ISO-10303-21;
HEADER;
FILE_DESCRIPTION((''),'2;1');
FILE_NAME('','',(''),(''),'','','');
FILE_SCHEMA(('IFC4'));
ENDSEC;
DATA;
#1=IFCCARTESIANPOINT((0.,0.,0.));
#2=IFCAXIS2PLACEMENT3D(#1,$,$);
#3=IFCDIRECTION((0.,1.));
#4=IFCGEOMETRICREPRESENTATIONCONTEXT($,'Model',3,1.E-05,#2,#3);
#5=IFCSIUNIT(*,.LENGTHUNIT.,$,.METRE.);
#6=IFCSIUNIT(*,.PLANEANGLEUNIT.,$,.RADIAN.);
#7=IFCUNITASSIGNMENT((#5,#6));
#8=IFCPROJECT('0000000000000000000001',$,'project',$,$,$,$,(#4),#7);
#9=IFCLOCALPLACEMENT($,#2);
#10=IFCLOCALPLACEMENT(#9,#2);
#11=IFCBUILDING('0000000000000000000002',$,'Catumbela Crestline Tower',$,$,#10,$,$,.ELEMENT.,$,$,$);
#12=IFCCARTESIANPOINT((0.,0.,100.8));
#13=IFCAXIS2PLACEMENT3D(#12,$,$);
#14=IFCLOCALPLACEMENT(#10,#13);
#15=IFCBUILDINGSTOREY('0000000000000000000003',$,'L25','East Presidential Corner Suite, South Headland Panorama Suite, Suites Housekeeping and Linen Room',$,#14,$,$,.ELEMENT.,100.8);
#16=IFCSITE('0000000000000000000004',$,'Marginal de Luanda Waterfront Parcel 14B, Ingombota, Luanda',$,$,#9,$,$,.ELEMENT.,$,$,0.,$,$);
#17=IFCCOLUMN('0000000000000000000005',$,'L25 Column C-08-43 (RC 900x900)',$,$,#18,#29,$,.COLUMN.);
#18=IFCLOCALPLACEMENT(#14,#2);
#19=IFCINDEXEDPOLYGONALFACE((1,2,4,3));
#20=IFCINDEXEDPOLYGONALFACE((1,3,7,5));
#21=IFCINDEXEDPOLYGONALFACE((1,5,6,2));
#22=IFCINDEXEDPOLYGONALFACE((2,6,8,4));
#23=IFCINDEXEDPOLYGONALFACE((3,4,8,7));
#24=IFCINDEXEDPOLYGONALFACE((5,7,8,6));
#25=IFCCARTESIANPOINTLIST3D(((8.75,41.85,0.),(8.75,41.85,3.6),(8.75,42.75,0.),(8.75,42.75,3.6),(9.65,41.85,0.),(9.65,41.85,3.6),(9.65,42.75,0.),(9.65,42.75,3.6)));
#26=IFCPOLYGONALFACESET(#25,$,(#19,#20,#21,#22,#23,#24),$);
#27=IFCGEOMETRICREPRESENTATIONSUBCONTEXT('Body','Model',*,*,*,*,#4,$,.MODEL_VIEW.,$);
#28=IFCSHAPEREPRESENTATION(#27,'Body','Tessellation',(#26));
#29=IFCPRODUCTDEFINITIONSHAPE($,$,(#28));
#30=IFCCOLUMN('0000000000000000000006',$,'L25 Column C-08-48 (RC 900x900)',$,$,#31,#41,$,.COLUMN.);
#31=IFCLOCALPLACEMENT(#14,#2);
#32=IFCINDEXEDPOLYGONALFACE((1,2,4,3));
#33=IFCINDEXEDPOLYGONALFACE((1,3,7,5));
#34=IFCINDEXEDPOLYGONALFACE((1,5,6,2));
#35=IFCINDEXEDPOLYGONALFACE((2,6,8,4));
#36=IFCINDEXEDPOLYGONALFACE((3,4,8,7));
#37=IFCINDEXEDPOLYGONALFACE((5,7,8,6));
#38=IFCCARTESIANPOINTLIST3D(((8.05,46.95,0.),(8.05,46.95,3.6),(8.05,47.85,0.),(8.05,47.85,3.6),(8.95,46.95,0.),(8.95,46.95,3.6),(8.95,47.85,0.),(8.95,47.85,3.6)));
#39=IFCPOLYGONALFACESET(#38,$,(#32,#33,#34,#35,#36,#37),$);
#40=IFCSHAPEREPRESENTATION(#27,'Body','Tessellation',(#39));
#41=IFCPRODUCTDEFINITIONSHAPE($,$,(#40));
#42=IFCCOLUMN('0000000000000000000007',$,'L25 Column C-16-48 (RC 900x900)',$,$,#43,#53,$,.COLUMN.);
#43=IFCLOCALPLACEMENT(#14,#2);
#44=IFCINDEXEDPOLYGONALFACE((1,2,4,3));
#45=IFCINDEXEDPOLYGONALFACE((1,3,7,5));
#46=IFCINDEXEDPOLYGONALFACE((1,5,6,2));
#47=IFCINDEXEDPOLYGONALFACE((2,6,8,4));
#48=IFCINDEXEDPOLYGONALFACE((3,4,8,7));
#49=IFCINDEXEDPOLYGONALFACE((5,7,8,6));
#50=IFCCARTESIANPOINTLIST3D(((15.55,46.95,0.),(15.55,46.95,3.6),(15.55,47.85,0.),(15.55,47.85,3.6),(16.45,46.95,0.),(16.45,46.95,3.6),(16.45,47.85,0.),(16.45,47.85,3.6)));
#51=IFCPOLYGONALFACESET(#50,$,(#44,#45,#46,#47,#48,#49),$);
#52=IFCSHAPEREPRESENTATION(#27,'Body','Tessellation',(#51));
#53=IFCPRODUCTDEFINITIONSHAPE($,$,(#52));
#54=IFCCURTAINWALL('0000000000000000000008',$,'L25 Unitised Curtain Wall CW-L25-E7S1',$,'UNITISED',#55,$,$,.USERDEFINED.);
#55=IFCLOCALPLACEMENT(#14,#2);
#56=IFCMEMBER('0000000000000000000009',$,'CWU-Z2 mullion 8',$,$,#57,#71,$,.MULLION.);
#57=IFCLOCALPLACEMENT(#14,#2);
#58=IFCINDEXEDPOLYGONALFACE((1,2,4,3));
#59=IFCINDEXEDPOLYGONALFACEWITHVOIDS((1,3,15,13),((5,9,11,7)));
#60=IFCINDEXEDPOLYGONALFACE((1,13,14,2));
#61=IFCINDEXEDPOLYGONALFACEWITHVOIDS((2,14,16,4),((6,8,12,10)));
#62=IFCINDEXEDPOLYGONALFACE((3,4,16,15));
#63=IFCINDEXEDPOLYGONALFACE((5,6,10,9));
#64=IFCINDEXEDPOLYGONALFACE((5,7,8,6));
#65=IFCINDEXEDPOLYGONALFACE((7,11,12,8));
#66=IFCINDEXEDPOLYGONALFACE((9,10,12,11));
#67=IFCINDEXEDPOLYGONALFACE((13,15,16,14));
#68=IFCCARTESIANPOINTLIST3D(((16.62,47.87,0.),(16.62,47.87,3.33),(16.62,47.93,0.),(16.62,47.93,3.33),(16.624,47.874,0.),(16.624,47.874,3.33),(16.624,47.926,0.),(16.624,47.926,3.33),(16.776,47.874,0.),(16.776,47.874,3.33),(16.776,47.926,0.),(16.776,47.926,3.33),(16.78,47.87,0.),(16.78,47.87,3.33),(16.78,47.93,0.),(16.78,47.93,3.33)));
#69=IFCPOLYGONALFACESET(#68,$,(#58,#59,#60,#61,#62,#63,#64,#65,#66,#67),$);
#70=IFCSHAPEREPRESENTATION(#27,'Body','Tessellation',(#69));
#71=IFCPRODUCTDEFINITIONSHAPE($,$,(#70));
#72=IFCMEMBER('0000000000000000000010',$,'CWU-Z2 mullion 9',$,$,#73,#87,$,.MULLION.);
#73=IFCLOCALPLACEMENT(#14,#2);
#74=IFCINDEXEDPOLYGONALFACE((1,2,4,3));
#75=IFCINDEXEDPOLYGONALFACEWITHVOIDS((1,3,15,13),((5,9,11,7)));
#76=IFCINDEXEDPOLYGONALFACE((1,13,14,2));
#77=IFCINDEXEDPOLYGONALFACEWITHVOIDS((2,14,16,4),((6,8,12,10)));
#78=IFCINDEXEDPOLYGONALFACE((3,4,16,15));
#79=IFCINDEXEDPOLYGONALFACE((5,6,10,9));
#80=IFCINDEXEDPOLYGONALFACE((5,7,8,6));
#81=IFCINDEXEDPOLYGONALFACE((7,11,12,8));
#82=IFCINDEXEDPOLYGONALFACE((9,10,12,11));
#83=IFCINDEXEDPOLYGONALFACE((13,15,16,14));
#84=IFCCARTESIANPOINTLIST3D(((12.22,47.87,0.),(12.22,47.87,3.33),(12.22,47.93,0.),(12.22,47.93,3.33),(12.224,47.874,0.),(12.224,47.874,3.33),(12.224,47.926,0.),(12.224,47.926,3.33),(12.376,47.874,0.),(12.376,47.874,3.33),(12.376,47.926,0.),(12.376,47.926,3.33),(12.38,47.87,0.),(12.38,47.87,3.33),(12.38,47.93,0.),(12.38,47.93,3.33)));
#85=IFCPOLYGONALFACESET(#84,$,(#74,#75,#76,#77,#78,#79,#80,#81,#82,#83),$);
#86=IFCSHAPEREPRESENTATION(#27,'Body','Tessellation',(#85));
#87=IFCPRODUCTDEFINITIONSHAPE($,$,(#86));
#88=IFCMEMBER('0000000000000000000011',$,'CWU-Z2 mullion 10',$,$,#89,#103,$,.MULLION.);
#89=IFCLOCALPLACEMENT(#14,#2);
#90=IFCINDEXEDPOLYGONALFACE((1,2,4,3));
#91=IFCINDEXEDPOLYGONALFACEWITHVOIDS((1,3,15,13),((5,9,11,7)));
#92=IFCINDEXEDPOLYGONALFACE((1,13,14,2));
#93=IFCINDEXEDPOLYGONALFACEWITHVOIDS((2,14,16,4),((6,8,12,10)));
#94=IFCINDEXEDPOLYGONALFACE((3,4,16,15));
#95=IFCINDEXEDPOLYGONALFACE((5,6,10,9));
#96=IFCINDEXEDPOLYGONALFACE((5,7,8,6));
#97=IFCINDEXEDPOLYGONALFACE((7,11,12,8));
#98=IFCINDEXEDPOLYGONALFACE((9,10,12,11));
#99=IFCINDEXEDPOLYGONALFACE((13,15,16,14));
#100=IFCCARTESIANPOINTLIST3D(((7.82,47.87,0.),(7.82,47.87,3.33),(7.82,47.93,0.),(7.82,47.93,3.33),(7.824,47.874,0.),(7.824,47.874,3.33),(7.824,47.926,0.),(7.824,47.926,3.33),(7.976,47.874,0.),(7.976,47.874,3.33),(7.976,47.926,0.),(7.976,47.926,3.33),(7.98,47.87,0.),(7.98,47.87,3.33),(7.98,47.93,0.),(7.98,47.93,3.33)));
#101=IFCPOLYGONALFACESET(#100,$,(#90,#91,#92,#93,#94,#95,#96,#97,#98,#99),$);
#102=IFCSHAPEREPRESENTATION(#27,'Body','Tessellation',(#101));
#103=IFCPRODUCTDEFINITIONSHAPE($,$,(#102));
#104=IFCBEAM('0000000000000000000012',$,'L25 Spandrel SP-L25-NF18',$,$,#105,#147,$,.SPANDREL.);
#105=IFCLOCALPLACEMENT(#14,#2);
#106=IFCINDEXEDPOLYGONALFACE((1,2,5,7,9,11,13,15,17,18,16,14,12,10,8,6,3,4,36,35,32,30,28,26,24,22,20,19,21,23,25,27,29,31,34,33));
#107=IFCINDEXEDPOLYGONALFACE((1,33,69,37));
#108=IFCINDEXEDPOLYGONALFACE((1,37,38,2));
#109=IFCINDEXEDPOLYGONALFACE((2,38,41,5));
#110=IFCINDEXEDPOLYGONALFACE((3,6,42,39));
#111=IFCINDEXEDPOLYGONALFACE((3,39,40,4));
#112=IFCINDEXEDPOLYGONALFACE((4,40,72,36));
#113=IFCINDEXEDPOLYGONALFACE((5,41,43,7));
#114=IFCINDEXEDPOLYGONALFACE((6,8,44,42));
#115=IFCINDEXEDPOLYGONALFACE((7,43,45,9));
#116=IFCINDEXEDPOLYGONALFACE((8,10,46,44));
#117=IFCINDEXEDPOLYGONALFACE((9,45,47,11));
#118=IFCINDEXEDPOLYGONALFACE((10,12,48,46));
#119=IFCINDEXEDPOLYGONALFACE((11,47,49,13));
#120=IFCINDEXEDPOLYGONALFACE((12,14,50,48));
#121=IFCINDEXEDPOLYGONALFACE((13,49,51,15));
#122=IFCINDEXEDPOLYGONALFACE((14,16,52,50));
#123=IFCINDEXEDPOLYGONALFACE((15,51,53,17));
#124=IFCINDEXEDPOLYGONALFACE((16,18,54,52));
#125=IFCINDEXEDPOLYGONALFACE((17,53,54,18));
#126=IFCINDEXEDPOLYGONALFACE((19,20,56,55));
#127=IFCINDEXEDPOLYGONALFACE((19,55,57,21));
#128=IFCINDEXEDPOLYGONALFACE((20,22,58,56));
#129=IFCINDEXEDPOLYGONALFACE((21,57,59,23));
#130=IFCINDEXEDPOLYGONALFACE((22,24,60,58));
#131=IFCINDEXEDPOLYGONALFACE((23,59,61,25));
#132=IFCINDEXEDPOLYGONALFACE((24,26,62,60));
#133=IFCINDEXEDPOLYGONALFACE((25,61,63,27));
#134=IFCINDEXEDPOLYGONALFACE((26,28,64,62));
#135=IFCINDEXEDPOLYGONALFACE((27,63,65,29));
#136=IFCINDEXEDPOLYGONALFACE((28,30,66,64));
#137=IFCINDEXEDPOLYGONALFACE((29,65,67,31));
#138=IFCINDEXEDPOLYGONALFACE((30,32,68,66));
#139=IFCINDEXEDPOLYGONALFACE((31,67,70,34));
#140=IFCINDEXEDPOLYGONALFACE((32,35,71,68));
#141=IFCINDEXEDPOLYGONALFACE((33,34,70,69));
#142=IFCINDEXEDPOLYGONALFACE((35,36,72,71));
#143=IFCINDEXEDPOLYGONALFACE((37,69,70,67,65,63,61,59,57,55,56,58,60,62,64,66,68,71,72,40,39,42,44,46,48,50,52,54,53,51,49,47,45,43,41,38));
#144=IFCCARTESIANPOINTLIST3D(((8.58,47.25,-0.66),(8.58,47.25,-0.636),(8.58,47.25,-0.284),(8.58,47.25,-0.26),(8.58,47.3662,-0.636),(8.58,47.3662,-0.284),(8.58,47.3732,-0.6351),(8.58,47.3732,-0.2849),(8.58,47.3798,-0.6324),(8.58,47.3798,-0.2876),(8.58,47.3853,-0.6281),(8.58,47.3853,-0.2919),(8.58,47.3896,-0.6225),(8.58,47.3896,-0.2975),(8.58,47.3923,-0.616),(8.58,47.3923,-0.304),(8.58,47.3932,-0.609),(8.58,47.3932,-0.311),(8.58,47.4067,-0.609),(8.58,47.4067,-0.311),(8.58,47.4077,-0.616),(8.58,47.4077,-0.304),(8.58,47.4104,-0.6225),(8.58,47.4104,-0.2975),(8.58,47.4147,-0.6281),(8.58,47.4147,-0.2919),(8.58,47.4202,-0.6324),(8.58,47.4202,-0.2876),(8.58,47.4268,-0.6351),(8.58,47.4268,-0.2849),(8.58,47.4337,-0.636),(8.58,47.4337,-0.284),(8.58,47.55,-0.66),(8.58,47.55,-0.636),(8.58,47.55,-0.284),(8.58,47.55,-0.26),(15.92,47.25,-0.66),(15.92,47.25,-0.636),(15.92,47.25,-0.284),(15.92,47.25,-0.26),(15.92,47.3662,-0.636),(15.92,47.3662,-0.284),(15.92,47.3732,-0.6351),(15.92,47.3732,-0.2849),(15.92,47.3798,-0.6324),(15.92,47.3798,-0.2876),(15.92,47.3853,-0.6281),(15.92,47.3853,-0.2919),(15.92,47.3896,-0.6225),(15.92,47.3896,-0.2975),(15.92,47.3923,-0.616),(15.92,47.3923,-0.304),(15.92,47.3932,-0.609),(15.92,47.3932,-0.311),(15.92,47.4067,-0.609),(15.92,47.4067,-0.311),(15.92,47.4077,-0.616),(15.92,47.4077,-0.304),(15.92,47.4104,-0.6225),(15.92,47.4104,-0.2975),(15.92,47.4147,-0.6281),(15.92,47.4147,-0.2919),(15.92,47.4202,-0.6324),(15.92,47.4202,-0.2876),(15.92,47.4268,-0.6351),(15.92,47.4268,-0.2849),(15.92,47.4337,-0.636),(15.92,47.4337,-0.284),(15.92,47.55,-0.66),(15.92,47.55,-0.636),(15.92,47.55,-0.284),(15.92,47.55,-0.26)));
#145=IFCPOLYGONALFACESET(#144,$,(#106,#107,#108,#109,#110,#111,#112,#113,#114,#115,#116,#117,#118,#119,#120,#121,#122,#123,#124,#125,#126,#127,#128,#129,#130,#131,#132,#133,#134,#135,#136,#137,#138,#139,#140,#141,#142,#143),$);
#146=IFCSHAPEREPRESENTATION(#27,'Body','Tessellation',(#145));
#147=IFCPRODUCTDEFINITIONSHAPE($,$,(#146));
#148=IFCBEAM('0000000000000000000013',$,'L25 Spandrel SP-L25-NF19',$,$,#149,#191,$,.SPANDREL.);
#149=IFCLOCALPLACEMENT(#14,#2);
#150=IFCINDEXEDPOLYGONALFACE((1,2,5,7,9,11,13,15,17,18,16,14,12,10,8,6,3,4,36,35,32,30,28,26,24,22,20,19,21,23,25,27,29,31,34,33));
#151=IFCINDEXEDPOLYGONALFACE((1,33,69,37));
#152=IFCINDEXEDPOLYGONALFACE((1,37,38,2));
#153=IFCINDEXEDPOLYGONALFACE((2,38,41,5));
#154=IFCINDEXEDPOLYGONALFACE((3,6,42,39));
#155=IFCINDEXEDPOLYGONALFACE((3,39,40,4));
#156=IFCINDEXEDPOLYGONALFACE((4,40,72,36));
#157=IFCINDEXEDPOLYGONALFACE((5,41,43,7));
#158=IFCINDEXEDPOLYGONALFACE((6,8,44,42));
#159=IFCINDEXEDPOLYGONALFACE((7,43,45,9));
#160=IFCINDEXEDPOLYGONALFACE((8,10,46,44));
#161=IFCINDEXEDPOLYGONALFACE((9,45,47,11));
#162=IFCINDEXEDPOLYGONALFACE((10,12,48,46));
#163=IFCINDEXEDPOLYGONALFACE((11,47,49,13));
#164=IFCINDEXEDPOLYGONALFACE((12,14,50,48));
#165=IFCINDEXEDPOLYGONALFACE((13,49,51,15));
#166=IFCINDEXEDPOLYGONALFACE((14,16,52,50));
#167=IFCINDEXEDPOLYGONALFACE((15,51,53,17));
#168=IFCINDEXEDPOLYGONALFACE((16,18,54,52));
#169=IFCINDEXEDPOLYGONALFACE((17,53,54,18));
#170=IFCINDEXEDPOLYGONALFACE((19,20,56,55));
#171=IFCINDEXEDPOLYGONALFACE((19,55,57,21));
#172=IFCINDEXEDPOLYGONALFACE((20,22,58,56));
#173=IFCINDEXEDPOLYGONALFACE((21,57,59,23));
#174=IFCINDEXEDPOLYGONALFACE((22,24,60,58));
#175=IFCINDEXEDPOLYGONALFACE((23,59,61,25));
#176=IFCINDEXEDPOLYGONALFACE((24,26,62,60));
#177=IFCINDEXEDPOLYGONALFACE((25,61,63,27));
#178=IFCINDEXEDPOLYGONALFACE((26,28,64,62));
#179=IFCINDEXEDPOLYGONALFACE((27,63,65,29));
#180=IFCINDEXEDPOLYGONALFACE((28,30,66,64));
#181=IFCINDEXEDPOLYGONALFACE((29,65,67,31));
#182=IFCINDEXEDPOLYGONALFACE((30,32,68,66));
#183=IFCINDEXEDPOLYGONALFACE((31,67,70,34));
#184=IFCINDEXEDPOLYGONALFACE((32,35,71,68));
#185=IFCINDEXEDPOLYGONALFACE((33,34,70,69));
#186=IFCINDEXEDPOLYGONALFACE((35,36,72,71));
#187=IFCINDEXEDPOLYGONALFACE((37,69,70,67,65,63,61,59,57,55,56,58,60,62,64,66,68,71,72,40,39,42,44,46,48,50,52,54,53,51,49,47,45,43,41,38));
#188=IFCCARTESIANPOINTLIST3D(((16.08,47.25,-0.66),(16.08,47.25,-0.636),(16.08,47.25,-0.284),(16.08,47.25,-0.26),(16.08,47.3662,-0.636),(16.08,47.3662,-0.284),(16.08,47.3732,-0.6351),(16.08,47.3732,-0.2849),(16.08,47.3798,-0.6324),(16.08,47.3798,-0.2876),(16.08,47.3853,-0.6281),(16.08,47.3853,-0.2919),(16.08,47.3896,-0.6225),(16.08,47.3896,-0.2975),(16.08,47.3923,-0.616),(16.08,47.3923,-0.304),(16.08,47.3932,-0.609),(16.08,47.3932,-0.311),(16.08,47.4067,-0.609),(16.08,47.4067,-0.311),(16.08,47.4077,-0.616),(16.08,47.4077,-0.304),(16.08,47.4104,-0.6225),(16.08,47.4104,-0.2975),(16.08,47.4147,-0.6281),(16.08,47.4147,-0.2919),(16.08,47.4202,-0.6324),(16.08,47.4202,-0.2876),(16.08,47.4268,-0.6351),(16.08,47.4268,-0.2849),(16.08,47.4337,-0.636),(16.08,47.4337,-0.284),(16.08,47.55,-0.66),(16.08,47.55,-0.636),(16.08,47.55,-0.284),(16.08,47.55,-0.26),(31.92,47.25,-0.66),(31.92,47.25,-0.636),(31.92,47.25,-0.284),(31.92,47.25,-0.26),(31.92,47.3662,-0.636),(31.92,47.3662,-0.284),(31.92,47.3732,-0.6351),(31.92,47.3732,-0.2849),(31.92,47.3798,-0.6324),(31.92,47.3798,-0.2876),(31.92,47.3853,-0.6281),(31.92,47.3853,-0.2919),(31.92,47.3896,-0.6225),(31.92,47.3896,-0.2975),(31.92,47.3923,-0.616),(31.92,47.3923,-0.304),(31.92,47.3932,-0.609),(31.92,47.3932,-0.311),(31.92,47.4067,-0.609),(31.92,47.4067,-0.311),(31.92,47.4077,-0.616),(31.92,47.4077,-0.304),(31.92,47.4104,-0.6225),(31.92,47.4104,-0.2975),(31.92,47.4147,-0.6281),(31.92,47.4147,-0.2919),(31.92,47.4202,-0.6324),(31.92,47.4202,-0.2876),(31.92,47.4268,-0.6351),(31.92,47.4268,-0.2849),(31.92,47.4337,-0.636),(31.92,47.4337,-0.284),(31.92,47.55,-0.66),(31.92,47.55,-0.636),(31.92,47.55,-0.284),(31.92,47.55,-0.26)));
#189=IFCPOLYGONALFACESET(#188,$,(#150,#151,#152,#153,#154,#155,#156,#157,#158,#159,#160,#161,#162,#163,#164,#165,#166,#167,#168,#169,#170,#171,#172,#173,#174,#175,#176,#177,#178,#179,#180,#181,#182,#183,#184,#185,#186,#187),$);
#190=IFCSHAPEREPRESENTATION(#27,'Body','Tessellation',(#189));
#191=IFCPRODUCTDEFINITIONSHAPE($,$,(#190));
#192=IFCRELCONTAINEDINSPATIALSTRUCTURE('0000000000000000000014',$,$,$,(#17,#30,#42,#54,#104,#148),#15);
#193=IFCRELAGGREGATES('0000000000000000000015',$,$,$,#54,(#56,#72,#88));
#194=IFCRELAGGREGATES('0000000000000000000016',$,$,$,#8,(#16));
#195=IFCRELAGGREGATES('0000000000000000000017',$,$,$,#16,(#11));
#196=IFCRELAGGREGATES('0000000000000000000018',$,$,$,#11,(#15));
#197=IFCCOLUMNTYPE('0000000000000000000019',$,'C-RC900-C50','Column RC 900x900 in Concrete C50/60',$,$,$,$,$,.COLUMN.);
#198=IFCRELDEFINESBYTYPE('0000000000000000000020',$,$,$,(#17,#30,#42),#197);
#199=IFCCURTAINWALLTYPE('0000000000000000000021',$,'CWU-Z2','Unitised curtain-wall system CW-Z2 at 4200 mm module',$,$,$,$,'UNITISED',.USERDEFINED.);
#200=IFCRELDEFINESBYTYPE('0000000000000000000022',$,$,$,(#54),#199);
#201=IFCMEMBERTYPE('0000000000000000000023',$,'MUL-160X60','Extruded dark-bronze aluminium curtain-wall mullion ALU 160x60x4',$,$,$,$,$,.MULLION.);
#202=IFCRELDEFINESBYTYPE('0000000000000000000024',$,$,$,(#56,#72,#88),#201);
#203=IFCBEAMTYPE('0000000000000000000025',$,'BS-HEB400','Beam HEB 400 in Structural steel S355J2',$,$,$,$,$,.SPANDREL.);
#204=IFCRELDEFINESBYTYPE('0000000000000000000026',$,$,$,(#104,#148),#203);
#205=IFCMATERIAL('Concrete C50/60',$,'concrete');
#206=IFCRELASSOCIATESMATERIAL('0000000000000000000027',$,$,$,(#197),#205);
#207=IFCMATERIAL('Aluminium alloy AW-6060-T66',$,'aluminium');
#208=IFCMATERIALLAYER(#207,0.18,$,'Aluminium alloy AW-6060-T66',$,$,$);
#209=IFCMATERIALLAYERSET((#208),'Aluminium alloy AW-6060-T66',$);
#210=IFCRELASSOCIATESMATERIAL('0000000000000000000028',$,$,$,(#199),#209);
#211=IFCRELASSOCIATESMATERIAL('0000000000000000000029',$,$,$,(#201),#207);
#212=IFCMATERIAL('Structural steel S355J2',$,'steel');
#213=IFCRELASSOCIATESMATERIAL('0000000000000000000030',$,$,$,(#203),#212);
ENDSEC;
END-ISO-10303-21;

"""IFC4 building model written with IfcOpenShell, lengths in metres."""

from ifc_helpers import new_model, si_unit, direction, frame, origin, origin_2d, place, context, subcontext, project, spatial, rectangle, hollow_rectangle, i_section, extrude, material, layer, layer_set, material_profile, profile_set, type_object, element, aggregate, save


model = new_model("IFC4")

# Units and contexts
model_context = context("Model", 3, precision=1e-05, world=origin(), true_north=direction((0.0, 1.0)))
body_context = subcontext(model_context, "Body", "Model", "MODEL_VIEW")
ifc_project = project(units=[si_unit("LENGTHUNIT", "METRE"), si_unit("PLANEANGLEUNIT", "RADIAN")], contexts=[model_context])

# Site, building, storey
site_placement = place(None, origin())
site = spatial("IfcSite", under=ifc_project, at=site_placement, Name="Marginal de Luanda Waterfront Parcel 14B, Ingombota, Luanda", CompositionType="ELEMENT", RefElevation=0.0)
building_placement = place(site_placement, origin())
building = spatial("IfcBuilding", under=site, at=building_placement, Name="Catumbela Crestline Tower", CompositionType="ELEMENT")
storey_placement = place(building_placement, frame((0.0, 0.0, 100.8)))
storey = spatial("IfcBuildingStorey", under=building, at=storey_placement, Name="L25", Description="East Presidential Corner Suite, South Headland Panorama Suite, Suites Housekeeping and Linen Room", CompositionType="ELEMENT", Elevation=100.8)

# Columns
ifc_material_1 = material(Name="Concrete C50/60", Category="concrete")
ifc_material_profile_1 = material_profile(ifc_material_1, rectangle(XDim=0.9, YDim=0.9, at=origin_2d()), Name="RC 900x900")
ifc_profile_set_1 = profile_set([ifc_material_profile_1], Name="Concrete C50/60")
column_type = type_object("IfcColumnType", Name="C-RC900-C50", Description="Column RC 900x900 in Concrete C50/60", PredefinedType="COLUMN", material=ifc_profile_set_1)
for number, where, z_axis, x_axis, name in (
    (1, (9.2, 42.3, 0.0), (0.0, 0.0, 1.0), (1.0, 0.0, 0.0), "L25 Column C-08-43 (RC 900x900)"),
    (2, (8.5, 47.4, 0.0), (0.0, 0.0, 1.0), (1.0, 0.0, 0.0), "L25 Column C-08-48 (RC 900x900)"),
    (3, (16.0, 47.4, 0.0), (0.0, 0.0, 1.0), (1.0, 0.0, 0.0), "L25 Column C-16-48 (RC 900x900)"),
):
    element("IfcColumn", number, at=place(storey_placement, frame(where, z_axis=z_axis, x_axis=x_axis)), inside=storey, type_object=column_type, Name=name, PredefinedType="COLUMN", context=body_context, shape_type="SweptSolid", body=[
        extrude(rectangle(XDim=0.9, YDim=0.9, at=origin_2d()), origin(), (0.0, 0.0, 1.0), 3.6),
    ])

# Curtain wall, members
ifc_material_2 = material(Name="Aluminium alloy AW-6060-T66", Category="aluminium")
ifc_layer_1 = layer(ifc_material_2, 0.18, Name="Aluminium alloy AW-6060-T66")
ifc_layer_set_1 = layer_set([ifc_layer_1], Name="Aluminium alloy AW-6060-T66")
curtain_wall_type = type_object("IfcCurtainWallType", Name="CWU-Z2", Description="Unitised curtain-wall system CW-Z2 at 4200 mm module", ElementType="UNITISED", PredefinedType="USERDEFINED", material=ifc_layer_set_1)
curtain_wall_placement = place(storey_placement, origin())
curtain_wall = element("IfcCurtainWall", 4, at=curtain_wall_placement, inside=storey, type_object=curtain_wall_type, Name="L25 Unitised Curtain Wall CW-L25-E7S1", ObjectType="UNITISED", PredefinedType="USERDEFINED")
ifc_material_profile_2 = material_profile(ifc_material_2, hollow_rectangle(XDim=0.06, YDim=0.16, WallThickness=0.004, at=origin_2d()), Name="ALU 160x60x4")
ifc_profile_set_2 = profile_set([ifc_material_profile_2], Name="Aluminium alloy AW-6060-T66")
member_type_1 = type_object("IfcMemberType", Name="MUL-160X60", Description="Extruded dark-bronze aluminium curtain-wall mullion ALU 160x60x4", PredefinedType="MULLION", material=ifc_profile_set_2)
member_1_placement = place(storey_placement, frame((16.7, 47.9, 0.0), z_axis=(0.0, 0.0, 1.0), x_axis=(0.0, -1.0, 0.0)))
member_1 = element("IfcMember", 5, at=member_1_placement, type_object=member_type_1, Name="CWU-Z2 mullion 8", PredefinedType="MULLION", context=body_context, shape_type="SweptSolid", body=[
    extrude(hollow_rectangle(XDim=0.06, YDim=0.16, WallThickness=0.004, at=origin_2d()), origin(), (0.0, 0.0, 1.0), 3.33),
])
member_2_placement = place(storey_placement, frame((12.3, 47.9, 0.0), z_axis=(0.0, 0.0, 1.0), x_axis=(0.0, -1.0, 0.0)))
member_2 = element("IfcMember", 6, at=member_2_placement, type_object=member_type_1, Name="CWU-Z2 mullion 9", PredefinedType="MULLION", context=body_context, shape_type="SweptSolid", body=[
    extrude(hollow_rectangle(XDim=0.06, YDim=0.16, WallThickness=0.004, at=origin_2d()), origin(), (0.0, 0.0, 1.0), 3.33),
])
member_3_placement = place(storey_placement, frame((7.9, 47.9, 0.0), z_axis=(0.0, 0.0, 1.0), x_axis=(0.0, -1.0, 0.0)))
member_3 = element("IfcMember", 7, at=member_3_placement, type_object=member_type_1, Name="CWU-Z2 mullion 10", PredefinedType="MULLION", context=body_context, shape_type="SweptSolid", body=[
    extrude(hollow_rectangle(XDim=0.06, YDim=0.16, WallThickness=0.004, at=origin_2d()), origin(), (0.0, 0.0, 1.0), 3.33),
])

# Beams
ifc_material_3 = material(Name="Structural steel S355J2", Category="steel")
ifc_material_profile_3 = material_profile(ifc_material_3, i_section(OverallWidth=0.3, OverallDepth=0.4, WebThickness=0.0135, FlangeThickness=0.024, FilletRadius=0.027, at=origin_2d()), Name="HEB 400")
ifc_profile_set_3 = profile_set([ifc_material_profile_3], Name="Structural steel S355J2")
beam_type = type_object("IfcBeamType", Name="BS-HEB400", Description="Beam HEB 400 in Structural steel S355J2", PredefinedType="SPANDREL", material=ifc_profile_set_3)
beam_1_placement = place(storey_placement, frame((8.58, 47.4, -0.46), z_axis=(1.0, 0.0, 0.0), x_axis=(0.0, 1.0, 0.0)))
element("IfcBeam", 8, at=beam_1_placement, inside=storey, type_object=beam_type, Name="L25 Spandrel SP-L25-NF18", PredefinedType="SPANDREL", context=body_context, shape_type="SweptSolid", body=[
    extrude(i_section(OverallWidth=0.3, OverallDepth=0.4, WebThickness=0.0135, FlangeThickness=0.024, FilletRadius=0.027, at=origin_2d()), origin(), (0.0, 0.0, 1.0), 7.34),
])
beam_2_placement = place(storey_placement, frame((16.08, 47.4, -0.46), z_axis=(1.0, 0.0, 0.0), x_axis=(0.0, 1.0, 0.0)))
element("IfcBeam", 9, at=beam_2_placement, inside=storey, type_object=beam_type, Name="L25 Spandrel SP-L25-NF19", PredefinedType="SPANDREL", context=body_context, shape_type="SweptSolid", body=[
    extrude(i_section(OverallWidth=0.3, OverallDepth=0.4, WebThickness=0.0135, FlangeThickness=0.024, FilletRadius=0.027, at=origin_2d()), origin(), (0.0, 0.0, 1.0), 15.84),
])

aggregate(curtain_wall, [member_1, member_2, member_3])

save(model, "model.ifc")
